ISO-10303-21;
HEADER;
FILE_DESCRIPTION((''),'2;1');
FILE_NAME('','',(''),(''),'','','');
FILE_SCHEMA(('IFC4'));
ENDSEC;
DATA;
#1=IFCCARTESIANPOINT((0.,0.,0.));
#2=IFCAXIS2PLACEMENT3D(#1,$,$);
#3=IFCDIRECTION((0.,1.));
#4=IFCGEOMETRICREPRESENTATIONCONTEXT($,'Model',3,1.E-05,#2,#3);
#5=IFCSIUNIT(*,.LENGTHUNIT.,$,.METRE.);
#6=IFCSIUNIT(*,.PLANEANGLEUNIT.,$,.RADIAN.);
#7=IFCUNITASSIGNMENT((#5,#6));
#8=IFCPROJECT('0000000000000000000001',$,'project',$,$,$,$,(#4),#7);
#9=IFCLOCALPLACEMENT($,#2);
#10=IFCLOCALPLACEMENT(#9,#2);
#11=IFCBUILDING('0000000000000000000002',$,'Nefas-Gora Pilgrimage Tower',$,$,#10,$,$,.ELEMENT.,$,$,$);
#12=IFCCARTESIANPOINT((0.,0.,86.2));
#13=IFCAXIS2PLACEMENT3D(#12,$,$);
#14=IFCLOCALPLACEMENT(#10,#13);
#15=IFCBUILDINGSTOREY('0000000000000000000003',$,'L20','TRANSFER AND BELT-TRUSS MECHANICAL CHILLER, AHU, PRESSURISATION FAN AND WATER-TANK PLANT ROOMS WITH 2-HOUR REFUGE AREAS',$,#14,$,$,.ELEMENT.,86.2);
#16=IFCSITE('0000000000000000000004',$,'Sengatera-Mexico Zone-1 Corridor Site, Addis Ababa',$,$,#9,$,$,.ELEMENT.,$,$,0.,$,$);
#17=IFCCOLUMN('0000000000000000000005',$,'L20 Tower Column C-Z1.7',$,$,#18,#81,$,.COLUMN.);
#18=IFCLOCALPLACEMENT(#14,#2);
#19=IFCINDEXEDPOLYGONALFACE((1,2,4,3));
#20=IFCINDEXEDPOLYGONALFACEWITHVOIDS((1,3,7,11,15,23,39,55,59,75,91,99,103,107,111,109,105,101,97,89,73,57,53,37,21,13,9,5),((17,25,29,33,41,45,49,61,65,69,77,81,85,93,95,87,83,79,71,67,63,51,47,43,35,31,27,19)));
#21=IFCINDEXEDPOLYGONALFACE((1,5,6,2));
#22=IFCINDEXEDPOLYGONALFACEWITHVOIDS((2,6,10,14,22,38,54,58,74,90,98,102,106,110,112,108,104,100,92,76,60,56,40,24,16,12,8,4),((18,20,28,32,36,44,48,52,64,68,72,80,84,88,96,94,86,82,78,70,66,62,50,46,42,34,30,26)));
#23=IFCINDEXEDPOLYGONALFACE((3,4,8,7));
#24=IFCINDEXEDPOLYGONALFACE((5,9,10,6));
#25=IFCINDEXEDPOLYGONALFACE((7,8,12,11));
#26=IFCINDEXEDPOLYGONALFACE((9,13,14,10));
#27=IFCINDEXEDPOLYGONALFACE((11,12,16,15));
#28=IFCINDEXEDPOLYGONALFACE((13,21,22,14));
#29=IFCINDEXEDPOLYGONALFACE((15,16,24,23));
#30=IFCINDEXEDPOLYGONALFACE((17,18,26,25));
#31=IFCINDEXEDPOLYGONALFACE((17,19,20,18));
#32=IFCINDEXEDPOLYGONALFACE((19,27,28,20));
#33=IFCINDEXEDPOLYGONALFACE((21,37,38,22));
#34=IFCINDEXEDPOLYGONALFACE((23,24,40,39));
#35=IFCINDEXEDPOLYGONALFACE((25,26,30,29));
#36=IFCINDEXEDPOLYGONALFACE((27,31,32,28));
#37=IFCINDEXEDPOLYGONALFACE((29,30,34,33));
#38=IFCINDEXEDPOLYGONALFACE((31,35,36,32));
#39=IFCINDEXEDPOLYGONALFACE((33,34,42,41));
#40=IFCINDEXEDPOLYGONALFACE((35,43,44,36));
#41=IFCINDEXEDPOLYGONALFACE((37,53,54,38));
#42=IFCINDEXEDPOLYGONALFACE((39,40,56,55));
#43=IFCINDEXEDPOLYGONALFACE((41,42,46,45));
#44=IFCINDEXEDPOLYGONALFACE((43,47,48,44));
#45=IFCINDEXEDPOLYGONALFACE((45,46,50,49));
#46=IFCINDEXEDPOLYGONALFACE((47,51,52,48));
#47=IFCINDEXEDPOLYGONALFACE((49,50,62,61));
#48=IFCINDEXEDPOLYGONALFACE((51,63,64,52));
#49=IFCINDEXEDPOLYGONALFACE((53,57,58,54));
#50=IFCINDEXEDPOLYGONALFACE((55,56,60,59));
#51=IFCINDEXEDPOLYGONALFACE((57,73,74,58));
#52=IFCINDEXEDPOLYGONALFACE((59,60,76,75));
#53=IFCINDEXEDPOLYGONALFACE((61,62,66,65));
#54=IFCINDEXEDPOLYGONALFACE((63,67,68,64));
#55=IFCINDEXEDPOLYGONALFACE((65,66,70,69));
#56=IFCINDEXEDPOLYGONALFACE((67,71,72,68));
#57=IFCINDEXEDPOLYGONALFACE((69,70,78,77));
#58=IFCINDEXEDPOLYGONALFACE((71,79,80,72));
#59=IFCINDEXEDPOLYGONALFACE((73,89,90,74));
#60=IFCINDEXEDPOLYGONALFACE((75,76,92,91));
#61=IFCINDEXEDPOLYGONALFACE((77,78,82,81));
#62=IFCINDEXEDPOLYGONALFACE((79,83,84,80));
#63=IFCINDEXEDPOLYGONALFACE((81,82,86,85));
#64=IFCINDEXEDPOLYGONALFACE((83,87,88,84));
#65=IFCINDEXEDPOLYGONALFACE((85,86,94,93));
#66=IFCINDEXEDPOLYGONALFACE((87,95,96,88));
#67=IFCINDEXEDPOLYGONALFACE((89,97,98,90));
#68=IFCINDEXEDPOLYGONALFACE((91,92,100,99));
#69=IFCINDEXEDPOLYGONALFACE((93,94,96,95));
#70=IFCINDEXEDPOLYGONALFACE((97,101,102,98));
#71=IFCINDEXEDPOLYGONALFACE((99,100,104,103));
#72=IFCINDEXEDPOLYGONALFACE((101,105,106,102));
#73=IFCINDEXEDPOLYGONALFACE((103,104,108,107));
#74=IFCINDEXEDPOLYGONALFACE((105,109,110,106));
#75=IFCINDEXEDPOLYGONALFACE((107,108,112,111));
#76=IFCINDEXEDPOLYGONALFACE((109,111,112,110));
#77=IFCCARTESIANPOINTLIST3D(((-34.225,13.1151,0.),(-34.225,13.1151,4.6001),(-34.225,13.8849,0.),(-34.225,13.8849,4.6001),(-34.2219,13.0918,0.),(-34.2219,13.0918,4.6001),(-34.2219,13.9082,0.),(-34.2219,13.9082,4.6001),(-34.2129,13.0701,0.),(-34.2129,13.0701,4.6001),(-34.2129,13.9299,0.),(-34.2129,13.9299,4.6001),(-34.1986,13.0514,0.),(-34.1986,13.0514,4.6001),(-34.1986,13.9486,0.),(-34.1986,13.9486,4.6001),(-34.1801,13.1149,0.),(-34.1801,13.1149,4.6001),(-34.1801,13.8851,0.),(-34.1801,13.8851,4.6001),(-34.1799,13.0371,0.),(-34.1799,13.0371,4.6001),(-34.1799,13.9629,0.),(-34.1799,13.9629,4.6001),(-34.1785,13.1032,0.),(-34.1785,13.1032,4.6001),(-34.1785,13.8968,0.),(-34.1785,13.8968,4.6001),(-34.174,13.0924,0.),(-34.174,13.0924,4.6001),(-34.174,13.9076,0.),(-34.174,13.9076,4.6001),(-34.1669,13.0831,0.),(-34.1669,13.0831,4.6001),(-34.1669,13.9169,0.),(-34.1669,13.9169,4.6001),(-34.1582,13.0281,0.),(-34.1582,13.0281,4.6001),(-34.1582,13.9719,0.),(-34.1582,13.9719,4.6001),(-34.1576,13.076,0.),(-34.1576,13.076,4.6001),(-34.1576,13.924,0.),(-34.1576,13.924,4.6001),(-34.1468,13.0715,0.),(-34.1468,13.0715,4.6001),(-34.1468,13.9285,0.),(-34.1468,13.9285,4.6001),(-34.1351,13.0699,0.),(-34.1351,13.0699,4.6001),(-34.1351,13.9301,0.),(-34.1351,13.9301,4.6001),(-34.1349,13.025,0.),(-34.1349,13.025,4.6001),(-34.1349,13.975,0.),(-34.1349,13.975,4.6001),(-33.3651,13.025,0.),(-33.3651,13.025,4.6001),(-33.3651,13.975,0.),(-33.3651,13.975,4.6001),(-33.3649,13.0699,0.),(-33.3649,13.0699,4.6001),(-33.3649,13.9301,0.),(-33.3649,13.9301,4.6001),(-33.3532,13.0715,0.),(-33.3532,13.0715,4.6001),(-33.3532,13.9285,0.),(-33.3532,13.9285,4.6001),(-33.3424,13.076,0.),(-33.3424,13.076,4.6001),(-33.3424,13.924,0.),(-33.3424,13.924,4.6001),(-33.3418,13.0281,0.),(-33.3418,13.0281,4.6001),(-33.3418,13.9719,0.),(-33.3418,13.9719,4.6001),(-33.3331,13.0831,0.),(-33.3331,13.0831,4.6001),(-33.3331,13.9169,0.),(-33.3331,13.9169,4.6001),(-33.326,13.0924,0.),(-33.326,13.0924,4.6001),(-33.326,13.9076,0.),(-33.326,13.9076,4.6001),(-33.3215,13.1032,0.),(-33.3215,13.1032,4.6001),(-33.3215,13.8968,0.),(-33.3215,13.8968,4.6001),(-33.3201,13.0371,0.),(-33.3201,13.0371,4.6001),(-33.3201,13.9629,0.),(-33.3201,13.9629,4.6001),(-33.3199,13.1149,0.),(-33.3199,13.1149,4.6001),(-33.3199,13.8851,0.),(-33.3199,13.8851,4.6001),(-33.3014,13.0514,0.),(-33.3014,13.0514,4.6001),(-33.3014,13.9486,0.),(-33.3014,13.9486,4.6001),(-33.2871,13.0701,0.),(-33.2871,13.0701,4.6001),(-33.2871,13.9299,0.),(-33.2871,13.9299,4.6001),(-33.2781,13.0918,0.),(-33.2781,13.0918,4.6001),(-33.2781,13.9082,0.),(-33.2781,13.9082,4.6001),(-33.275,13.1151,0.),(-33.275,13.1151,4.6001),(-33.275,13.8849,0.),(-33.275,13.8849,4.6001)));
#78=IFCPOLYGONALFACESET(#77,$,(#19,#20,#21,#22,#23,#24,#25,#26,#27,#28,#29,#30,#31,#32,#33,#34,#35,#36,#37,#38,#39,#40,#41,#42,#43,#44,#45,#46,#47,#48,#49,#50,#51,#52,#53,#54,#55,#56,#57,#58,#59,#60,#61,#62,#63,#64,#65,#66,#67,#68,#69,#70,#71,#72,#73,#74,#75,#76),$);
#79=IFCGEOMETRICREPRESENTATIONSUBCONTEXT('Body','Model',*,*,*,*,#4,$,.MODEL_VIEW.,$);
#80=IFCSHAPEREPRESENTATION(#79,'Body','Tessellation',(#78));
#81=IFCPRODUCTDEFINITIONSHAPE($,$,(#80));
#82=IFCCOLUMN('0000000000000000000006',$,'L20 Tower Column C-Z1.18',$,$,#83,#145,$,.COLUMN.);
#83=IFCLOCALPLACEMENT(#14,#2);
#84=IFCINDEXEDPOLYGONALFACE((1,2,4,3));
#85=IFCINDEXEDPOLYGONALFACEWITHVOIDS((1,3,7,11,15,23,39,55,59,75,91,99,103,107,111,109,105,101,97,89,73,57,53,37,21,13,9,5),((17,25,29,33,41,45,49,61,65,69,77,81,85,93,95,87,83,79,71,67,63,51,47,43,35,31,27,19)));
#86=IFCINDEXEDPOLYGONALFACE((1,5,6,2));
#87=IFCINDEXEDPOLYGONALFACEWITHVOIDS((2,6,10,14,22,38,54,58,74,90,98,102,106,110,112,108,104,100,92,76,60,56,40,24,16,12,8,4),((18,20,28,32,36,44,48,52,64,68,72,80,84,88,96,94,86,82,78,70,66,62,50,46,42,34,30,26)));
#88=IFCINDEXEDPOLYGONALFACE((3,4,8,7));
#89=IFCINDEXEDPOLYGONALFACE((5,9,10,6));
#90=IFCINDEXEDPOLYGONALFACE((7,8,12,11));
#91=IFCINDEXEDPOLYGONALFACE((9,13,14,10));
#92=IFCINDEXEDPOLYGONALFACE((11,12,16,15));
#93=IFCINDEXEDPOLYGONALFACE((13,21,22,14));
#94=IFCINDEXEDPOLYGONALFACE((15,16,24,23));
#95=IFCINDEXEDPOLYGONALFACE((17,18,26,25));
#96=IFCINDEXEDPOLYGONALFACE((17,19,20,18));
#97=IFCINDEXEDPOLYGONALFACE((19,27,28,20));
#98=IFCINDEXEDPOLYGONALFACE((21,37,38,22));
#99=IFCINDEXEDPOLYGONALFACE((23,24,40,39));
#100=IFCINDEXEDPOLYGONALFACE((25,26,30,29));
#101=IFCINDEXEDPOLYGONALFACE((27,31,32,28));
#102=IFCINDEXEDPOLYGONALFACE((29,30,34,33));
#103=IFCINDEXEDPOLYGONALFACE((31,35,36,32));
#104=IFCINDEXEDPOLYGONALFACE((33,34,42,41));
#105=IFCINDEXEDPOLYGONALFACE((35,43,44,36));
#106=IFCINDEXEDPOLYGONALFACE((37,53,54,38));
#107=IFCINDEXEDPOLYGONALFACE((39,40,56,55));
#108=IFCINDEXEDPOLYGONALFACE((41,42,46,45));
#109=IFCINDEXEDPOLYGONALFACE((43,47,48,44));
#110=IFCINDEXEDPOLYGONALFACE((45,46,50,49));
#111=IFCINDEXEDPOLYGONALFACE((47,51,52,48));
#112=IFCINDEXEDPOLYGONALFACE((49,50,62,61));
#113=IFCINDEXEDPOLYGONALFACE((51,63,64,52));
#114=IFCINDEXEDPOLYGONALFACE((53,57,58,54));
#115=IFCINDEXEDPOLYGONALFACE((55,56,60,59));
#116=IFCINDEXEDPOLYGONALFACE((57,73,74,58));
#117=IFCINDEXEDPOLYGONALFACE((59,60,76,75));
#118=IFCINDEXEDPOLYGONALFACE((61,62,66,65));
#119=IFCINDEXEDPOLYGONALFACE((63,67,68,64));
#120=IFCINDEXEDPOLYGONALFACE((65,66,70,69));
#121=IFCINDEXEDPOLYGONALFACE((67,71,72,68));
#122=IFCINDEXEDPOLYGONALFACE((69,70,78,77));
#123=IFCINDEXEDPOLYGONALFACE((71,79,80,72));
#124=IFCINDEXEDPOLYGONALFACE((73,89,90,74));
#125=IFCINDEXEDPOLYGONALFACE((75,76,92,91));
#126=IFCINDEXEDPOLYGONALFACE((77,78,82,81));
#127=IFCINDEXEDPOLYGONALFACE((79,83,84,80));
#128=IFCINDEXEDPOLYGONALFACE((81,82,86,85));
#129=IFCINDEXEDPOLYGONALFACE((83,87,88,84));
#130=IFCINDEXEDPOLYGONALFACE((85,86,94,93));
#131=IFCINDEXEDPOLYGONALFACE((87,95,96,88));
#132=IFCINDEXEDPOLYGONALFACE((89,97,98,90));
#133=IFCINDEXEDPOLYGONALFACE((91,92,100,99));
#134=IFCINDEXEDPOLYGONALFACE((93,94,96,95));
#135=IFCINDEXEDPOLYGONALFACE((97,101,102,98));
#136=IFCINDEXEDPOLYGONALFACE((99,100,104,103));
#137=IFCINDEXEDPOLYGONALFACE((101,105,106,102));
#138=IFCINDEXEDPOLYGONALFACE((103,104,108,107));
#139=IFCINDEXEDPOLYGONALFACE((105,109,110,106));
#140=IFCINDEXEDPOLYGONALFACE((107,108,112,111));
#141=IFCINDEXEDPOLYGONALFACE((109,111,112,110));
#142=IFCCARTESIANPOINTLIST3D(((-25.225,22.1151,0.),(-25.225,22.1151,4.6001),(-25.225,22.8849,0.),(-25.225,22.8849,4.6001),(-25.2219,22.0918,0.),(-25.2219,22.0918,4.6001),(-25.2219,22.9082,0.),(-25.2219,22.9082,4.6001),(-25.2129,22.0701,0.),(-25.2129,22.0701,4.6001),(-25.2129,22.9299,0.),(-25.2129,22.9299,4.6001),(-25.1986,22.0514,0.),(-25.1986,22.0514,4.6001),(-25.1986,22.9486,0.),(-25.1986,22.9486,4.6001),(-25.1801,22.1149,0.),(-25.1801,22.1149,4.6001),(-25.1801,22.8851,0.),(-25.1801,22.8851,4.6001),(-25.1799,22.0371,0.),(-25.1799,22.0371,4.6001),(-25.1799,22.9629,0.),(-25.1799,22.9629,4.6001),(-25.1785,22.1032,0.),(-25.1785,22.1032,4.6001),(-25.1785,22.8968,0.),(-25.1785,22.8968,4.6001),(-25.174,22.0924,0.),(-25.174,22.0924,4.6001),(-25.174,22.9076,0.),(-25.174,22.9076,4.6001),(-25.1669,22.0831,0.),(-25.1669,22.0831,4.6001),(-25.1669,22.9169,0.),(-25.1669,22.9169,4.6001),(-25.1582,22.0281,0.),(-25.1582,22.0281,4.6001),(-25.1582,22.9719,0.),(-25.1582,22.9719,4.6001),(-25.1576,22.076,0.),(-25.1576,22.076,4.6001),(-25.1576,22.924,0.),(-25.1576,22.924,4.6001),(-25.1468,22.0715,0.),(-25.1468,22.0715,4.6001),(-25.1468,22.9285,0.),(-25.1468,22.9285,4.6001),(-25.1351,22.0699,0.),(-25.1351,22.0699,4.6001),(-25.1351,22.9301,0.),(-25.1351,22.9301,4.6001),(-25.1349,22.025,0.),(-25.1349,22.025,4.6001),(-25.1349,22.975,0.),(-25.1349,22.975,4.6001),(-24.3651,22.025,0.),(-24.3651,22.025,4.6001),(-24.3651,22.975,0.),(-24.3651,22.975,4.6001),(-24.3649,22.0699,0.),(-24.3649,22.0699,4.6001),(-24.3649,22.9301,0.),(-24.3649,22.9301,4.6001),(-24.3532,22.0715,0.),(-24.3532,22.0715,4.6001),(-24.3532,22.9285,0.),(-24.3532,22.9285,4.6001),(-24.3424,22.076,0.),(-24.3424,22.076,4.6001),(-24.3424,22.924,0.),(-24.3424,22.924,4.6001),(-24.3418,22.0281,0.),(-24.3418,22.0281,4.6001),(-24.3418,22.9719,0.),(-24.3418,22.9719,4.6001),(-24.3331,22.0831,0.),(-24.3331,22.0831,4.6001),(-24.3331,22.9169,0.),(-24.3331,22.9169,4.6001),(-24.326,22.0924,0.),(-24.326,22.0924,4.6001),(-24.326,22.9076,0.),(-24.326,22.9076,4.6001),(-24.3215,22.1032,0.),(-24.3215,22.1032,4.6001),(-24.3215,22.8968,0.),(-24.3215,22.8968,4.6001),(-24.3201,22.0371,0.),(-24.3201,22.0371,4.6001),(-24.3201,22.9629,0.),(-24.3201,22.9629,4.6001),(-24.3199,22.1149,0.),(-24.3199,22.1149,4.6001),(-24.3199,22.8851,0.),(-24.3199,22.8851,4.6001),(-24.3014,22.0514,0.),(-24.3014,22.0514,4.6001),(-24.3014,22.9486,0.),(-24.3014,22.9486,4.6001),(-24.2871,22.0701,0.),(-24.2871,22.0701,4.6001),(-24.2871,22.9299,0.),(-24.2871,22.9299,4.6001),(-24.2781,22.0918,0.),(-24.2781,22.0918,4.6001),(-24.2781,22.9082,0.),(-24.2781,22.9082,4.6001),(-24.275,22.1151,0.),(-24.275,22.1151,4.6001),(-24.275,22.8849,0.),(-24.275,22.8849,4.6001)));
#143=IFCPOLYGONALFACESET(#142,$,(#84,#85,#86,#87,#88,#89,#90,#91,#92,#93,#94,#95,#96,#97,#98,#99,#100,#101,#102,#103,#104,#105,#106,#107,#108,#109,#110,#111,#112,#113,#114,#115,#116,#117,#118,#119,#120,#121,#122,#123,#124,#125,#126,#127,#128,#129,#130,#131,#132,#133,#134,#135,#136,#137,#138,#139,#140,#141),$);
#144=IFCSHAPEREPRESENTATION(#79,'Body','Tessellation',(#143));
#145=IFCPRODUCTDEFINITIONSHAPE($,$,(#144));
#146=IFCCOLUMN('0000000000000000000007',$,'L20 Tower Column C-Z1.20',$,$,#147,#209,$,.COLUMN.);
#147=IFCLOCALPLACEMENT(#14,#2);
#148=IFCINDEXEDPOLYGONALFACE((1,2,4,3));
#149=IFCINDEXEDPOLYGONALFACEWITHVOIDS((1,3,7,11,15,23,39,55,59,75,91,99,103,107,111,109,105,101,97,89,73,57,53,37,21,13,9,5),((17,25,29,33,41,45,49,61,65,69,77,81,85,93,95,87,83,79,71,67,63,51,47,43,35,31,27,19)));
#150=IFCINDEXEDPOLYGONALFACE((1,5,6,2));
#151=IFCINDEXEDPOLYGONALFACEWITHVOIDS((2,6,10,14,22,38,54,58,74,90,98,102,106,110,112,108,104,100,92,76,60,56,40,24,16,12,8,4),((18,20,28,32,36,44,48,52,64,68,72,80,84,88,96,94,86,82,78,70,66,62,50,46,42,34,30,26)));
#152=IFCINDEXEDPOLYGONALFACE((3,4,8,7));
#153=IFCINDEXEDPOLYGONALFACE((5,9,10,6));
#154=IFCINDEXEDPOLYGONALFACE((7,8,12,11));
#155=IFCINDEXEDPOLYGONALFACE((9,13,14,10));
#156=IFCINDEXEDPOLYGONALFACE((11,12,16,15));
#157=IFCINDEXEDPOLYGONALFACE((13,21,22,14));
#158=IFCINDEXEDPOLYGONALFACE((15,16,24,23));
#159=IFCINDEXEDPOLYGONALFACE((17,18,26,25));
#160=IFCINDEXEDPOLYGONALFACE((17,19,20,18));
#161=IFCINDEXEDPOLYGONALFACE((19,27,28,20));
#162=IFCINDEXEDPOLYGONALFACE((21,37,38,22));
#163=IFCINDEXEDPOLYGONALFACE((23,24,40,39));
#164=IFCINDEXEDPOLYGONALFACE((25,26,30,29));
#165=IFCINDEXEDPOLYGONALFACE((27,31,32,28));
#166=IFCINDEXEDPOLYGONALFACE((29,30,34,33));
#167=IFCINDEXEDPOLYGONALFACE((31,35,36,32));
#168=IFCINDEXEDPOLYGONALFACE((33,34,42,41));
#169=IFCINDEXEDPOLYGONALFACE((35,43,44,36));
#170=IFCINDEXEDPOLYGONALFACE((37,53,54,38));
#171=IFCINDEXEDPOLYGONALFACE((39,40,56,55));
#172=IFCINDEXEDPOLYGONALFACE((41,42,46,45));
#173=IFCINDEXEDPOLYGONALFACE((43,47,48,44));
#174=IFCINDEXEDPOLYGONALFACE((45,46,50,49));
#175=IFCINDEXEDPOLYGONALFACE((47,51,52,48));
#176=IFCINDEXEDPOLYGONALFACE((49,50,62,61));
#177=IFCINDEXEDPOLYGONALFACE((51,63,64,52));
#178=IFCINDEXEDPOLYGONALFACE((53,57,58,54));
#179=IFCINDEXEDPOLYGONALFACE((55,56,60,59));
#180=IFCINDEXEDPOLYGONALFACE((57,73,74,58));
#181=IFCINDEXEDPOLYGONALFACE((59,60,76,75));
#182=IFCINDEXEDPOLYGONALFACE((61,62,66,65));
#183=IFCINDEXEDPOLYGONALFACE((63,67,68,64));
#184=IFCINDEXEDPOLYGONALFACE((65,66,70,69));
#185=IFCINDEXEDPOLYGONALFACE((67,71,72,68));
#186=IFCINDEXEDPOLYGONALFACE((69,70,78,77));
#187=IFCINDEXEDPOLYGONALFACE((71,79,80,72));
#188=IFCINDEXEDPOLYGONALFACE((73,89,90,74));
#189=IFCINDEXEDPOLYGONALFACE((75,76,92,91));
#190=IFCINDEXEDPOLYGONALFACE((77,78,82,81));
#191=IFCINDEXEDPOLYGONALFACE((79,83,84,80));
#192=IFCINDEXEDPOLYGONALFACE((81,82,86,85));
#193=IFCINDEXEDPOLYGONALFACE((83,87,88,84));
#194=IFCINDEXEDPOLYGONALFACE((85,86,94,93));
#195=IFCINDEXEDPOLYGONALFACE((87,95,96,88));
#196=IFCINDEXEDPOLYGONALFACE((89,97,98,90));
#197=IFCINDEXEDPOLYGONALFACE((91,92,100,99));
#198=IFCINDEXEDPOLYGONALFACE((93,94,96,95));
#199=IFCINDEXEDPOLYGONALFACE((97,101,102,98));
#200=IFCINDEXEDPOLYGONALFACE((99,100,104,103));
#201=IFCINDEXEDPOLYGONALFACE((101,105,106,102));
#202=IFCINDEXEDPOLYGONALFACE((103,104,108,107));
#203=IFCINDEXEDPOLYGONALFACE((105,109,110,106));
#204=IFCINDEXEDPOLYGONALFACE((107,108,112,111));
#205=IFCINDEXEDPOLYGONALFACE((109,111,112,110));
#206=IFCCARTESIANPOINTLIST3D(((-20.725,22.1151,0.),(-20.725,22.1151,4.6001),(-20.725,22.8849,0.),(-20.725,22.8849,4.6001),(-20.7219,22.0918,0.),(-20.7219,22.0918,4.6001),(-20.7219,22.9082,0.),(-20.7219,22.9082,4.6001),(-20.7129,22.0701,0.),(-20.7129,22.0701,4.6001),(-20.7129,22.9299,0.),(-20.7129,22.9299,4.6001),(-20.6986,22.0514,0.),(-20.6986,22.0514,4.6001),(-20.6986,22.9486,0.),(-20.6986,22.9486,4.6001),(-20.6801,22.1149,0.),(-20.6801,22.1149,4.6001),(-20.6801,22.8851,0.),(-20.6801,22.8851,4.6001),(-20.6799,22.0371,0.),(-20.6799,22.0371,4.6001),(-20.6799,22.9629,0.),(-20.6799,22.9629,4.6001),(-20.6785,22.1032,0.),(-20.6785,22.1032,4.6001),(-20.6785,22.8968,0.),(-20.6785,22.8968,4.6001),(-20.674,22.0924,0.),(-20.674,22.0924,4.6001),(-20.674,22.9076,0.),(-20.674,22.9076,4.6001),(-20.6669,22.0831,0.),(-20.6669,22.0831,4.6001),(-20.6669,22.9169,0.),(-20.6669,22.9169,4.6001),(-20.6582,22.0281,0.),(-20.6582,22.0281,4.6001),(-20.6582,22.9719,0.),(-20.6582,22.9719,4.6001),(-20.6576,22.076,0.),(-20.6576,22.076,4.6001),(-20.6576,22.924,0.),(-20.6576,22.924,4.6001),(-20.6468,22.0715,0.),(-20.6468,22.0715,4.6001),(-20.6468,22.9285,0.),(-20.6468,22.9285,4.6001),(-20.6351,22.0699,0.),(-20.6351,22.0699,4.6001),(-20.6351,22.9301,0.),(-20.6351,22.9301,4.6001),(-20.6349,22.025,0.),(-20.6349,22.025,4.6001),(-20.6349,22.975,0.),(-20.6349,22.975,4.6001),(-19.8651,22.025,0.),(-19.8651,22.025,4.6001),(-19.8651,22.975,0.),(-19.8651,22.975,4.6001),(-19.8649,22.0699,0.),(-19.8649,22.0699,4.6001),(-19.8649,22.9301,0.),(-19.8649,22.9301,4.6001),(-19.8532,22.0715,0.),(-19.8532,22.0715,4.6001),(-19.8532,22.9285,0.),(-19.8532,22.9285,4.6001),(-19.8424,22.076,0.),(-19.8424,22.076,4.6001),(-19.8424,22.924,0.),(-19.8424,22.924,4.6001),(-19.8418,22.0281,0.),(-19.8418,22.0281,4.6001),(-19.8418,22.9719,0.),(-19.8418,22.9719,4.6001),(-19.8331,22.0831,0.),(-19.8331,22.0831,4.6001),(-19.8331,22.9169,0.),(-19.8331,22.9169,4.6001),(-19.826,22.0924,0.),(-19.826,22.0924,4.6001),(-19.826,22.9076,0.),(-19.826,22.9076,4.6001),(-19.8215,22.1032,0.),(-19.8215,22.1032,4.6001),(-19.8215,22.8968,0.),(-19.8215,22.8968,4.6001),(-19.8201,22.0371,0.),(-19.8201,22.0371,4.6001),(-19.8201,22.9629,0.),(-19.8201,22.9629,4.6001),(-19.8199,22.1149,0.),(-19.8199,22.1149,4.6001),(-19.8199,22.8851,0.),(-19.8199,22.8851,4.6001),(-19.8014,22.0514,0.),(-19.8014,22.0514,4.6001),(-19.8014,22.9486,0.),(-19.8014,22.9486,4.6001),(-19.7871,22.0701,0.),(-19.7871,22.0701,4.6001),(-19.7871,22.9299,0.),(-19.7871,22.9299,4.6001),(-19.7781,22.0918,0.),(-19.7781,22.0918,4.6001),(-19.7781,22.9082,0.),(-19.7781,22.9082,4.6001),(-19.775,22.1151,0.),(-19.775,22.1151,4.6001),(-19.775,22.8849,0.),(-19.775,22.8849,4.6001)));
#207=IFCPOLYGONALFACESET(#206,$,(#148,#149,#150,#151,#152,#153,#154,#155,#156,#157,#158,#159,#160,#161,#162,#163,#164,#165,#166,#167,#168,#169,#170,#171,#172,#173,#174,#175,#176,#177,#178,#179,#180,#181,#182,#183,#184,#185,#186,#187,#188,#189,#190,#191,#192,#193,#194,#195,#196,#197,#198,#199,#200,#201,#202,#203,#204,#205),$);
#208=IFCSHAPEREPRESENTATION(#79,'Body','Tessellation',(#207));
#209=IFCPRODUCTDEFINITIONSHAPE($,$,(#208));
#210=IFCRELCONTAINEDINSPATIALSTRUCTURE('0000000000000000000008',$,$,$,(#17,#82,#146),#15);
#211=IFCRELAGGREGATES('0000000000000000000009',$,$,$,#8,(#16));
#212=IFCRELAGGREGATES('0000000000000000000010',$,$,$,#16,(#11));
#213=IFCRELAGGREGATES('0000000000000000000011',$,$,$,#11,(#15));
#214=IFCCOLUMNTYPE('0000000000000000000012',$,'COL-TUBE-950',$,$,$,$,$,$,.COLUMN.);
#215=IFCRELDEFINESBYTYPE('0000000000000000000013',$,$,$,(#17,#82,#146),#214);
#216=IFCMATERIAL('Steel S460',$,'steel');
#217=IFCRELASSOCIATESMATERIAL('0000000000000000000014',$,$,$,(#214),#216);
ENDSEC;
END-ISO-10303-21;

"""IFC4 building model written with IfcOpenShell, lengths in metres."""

from ifc_helpers import new_model, si_unit, direction, frame, origin, origin_2d, place, context, subcontext, project, spatial, hollow_rectangle, extrude, source, transform, mapped, material, material_profile, profile_set, type_object, element, save


model = new_model("IFC4")

# Units and contexts
model_context = context("Model", 3, precision=1e-05, world=origin(), true_north=direction((0.0, 1.0)))
body_context = subcontext(model_context, "Body", "Model", "MODEL_VIEW")
ifc_project = project(units=[si_unit("LENGTHUNIT", "METRE"), si_unit("PLANEANGLEUNIT", "RADIAN")], contexts=[model_context])

# Site, building, storey
site_placement = place(None, origin())
site = spatial("IfcSite", under=ifc_project, at=site_placement, Name="Sengatera-Mexico Zone-1 Corridor Site, Addis Ababa", CompositionType="ELEMENT", RefElevation=0.0)
building_placement = place(site_placement, origin())
building = spatial("IfcBuilding", under=site, at=building_placement, Name="Nefas-Gora Pilgrimage Tower", CompositionType="ELEMENT")
storey_placement = place(building_placement, frame((0.0, 0.0, 86.2)))
storey = spatial("IfcBuildingStorey", under=building, at=storey_placement, Name="L20", Description="TRANSFER AND BELT-TRUSS MECHANICAL CHILLER, AHU, PRESSURISATION FAN AND WATER-TANK PLANT ROOMS WITH 2-HOUR REFUGE AREAS", CompositionType="ELEMENT", Elevation=86.2)

# Columns
ifc_material_1 = material(Name="Steel S460", Category="steel")
ifc_material_profile_1 = material_profile(ifc_material_1, hollow_rectangle(XDim=0.95, YDim=0.95, WallThickness=0.0449, InnerFilletRadius=0.0449, OuterFilletRadius=0.0901, at=origin_2d()), Name="BOX 950x950x45")
ifc_profile_set_1 = profile_set([ifc_material_profile_1], Name="Steel S460")
column_type_1 = type_object("IfcColumnType", Name="COL-TUBE-950", PredefinedType="COLUMN", material=ifc_profile_set_1)
shared_shape_1 = source(origin(), body_context, "Body", "SweptSolid", [
    extrude(hollow_rectangle(XDim=0.95, YDim=0.95, WallThickness=0.0449, InnerFilletRadius=0.0449, OuterFilletRadius=0.0901, at=origin_2d()), origin(), (0.0, 0.0, 1.0), 4.6001),
])
for number, where, z_axis, x_axis, name in (
    (1, (-33.75, 13.5, 0.0), (0.0, 0.0, 1.0), (1.0, 0.0, 0.0), "L20 Tower Column C-Z1.7"),
    (2, (-24.75, 22.5, 0.0), (0.0, 0.0, 1.0), (1.0, 0.0, 0.0), "L20 Tower Column C-Z1.18"),
    (3, (-20.25, 22.5, 0.0), (0.0, 0.0, 1.0), (1.0, 0.0, 0.0), "L20 Tower Column C-Z1.20"),
):
    element("IfcColumn", number, at=place(storey_placement, frame(where, z_axis=z_axis, x_axis=x_axis)), inside=storey, type_object=column_type_1, Name=name, PredefinedType="COLUMN", context=body_context, shape_type="MappedRepresentation", body=[
        mapped(shared_shape_1, transform((0.0, 0.0, 0.0), x_axis=(1.0, 0.0, 0.0), y_axis=(0.0, 1.0, 0.0), z_axis=(0.0, 0.0, 1.0), scale=1.0)),
    ])

save(model, "model.ifc")
